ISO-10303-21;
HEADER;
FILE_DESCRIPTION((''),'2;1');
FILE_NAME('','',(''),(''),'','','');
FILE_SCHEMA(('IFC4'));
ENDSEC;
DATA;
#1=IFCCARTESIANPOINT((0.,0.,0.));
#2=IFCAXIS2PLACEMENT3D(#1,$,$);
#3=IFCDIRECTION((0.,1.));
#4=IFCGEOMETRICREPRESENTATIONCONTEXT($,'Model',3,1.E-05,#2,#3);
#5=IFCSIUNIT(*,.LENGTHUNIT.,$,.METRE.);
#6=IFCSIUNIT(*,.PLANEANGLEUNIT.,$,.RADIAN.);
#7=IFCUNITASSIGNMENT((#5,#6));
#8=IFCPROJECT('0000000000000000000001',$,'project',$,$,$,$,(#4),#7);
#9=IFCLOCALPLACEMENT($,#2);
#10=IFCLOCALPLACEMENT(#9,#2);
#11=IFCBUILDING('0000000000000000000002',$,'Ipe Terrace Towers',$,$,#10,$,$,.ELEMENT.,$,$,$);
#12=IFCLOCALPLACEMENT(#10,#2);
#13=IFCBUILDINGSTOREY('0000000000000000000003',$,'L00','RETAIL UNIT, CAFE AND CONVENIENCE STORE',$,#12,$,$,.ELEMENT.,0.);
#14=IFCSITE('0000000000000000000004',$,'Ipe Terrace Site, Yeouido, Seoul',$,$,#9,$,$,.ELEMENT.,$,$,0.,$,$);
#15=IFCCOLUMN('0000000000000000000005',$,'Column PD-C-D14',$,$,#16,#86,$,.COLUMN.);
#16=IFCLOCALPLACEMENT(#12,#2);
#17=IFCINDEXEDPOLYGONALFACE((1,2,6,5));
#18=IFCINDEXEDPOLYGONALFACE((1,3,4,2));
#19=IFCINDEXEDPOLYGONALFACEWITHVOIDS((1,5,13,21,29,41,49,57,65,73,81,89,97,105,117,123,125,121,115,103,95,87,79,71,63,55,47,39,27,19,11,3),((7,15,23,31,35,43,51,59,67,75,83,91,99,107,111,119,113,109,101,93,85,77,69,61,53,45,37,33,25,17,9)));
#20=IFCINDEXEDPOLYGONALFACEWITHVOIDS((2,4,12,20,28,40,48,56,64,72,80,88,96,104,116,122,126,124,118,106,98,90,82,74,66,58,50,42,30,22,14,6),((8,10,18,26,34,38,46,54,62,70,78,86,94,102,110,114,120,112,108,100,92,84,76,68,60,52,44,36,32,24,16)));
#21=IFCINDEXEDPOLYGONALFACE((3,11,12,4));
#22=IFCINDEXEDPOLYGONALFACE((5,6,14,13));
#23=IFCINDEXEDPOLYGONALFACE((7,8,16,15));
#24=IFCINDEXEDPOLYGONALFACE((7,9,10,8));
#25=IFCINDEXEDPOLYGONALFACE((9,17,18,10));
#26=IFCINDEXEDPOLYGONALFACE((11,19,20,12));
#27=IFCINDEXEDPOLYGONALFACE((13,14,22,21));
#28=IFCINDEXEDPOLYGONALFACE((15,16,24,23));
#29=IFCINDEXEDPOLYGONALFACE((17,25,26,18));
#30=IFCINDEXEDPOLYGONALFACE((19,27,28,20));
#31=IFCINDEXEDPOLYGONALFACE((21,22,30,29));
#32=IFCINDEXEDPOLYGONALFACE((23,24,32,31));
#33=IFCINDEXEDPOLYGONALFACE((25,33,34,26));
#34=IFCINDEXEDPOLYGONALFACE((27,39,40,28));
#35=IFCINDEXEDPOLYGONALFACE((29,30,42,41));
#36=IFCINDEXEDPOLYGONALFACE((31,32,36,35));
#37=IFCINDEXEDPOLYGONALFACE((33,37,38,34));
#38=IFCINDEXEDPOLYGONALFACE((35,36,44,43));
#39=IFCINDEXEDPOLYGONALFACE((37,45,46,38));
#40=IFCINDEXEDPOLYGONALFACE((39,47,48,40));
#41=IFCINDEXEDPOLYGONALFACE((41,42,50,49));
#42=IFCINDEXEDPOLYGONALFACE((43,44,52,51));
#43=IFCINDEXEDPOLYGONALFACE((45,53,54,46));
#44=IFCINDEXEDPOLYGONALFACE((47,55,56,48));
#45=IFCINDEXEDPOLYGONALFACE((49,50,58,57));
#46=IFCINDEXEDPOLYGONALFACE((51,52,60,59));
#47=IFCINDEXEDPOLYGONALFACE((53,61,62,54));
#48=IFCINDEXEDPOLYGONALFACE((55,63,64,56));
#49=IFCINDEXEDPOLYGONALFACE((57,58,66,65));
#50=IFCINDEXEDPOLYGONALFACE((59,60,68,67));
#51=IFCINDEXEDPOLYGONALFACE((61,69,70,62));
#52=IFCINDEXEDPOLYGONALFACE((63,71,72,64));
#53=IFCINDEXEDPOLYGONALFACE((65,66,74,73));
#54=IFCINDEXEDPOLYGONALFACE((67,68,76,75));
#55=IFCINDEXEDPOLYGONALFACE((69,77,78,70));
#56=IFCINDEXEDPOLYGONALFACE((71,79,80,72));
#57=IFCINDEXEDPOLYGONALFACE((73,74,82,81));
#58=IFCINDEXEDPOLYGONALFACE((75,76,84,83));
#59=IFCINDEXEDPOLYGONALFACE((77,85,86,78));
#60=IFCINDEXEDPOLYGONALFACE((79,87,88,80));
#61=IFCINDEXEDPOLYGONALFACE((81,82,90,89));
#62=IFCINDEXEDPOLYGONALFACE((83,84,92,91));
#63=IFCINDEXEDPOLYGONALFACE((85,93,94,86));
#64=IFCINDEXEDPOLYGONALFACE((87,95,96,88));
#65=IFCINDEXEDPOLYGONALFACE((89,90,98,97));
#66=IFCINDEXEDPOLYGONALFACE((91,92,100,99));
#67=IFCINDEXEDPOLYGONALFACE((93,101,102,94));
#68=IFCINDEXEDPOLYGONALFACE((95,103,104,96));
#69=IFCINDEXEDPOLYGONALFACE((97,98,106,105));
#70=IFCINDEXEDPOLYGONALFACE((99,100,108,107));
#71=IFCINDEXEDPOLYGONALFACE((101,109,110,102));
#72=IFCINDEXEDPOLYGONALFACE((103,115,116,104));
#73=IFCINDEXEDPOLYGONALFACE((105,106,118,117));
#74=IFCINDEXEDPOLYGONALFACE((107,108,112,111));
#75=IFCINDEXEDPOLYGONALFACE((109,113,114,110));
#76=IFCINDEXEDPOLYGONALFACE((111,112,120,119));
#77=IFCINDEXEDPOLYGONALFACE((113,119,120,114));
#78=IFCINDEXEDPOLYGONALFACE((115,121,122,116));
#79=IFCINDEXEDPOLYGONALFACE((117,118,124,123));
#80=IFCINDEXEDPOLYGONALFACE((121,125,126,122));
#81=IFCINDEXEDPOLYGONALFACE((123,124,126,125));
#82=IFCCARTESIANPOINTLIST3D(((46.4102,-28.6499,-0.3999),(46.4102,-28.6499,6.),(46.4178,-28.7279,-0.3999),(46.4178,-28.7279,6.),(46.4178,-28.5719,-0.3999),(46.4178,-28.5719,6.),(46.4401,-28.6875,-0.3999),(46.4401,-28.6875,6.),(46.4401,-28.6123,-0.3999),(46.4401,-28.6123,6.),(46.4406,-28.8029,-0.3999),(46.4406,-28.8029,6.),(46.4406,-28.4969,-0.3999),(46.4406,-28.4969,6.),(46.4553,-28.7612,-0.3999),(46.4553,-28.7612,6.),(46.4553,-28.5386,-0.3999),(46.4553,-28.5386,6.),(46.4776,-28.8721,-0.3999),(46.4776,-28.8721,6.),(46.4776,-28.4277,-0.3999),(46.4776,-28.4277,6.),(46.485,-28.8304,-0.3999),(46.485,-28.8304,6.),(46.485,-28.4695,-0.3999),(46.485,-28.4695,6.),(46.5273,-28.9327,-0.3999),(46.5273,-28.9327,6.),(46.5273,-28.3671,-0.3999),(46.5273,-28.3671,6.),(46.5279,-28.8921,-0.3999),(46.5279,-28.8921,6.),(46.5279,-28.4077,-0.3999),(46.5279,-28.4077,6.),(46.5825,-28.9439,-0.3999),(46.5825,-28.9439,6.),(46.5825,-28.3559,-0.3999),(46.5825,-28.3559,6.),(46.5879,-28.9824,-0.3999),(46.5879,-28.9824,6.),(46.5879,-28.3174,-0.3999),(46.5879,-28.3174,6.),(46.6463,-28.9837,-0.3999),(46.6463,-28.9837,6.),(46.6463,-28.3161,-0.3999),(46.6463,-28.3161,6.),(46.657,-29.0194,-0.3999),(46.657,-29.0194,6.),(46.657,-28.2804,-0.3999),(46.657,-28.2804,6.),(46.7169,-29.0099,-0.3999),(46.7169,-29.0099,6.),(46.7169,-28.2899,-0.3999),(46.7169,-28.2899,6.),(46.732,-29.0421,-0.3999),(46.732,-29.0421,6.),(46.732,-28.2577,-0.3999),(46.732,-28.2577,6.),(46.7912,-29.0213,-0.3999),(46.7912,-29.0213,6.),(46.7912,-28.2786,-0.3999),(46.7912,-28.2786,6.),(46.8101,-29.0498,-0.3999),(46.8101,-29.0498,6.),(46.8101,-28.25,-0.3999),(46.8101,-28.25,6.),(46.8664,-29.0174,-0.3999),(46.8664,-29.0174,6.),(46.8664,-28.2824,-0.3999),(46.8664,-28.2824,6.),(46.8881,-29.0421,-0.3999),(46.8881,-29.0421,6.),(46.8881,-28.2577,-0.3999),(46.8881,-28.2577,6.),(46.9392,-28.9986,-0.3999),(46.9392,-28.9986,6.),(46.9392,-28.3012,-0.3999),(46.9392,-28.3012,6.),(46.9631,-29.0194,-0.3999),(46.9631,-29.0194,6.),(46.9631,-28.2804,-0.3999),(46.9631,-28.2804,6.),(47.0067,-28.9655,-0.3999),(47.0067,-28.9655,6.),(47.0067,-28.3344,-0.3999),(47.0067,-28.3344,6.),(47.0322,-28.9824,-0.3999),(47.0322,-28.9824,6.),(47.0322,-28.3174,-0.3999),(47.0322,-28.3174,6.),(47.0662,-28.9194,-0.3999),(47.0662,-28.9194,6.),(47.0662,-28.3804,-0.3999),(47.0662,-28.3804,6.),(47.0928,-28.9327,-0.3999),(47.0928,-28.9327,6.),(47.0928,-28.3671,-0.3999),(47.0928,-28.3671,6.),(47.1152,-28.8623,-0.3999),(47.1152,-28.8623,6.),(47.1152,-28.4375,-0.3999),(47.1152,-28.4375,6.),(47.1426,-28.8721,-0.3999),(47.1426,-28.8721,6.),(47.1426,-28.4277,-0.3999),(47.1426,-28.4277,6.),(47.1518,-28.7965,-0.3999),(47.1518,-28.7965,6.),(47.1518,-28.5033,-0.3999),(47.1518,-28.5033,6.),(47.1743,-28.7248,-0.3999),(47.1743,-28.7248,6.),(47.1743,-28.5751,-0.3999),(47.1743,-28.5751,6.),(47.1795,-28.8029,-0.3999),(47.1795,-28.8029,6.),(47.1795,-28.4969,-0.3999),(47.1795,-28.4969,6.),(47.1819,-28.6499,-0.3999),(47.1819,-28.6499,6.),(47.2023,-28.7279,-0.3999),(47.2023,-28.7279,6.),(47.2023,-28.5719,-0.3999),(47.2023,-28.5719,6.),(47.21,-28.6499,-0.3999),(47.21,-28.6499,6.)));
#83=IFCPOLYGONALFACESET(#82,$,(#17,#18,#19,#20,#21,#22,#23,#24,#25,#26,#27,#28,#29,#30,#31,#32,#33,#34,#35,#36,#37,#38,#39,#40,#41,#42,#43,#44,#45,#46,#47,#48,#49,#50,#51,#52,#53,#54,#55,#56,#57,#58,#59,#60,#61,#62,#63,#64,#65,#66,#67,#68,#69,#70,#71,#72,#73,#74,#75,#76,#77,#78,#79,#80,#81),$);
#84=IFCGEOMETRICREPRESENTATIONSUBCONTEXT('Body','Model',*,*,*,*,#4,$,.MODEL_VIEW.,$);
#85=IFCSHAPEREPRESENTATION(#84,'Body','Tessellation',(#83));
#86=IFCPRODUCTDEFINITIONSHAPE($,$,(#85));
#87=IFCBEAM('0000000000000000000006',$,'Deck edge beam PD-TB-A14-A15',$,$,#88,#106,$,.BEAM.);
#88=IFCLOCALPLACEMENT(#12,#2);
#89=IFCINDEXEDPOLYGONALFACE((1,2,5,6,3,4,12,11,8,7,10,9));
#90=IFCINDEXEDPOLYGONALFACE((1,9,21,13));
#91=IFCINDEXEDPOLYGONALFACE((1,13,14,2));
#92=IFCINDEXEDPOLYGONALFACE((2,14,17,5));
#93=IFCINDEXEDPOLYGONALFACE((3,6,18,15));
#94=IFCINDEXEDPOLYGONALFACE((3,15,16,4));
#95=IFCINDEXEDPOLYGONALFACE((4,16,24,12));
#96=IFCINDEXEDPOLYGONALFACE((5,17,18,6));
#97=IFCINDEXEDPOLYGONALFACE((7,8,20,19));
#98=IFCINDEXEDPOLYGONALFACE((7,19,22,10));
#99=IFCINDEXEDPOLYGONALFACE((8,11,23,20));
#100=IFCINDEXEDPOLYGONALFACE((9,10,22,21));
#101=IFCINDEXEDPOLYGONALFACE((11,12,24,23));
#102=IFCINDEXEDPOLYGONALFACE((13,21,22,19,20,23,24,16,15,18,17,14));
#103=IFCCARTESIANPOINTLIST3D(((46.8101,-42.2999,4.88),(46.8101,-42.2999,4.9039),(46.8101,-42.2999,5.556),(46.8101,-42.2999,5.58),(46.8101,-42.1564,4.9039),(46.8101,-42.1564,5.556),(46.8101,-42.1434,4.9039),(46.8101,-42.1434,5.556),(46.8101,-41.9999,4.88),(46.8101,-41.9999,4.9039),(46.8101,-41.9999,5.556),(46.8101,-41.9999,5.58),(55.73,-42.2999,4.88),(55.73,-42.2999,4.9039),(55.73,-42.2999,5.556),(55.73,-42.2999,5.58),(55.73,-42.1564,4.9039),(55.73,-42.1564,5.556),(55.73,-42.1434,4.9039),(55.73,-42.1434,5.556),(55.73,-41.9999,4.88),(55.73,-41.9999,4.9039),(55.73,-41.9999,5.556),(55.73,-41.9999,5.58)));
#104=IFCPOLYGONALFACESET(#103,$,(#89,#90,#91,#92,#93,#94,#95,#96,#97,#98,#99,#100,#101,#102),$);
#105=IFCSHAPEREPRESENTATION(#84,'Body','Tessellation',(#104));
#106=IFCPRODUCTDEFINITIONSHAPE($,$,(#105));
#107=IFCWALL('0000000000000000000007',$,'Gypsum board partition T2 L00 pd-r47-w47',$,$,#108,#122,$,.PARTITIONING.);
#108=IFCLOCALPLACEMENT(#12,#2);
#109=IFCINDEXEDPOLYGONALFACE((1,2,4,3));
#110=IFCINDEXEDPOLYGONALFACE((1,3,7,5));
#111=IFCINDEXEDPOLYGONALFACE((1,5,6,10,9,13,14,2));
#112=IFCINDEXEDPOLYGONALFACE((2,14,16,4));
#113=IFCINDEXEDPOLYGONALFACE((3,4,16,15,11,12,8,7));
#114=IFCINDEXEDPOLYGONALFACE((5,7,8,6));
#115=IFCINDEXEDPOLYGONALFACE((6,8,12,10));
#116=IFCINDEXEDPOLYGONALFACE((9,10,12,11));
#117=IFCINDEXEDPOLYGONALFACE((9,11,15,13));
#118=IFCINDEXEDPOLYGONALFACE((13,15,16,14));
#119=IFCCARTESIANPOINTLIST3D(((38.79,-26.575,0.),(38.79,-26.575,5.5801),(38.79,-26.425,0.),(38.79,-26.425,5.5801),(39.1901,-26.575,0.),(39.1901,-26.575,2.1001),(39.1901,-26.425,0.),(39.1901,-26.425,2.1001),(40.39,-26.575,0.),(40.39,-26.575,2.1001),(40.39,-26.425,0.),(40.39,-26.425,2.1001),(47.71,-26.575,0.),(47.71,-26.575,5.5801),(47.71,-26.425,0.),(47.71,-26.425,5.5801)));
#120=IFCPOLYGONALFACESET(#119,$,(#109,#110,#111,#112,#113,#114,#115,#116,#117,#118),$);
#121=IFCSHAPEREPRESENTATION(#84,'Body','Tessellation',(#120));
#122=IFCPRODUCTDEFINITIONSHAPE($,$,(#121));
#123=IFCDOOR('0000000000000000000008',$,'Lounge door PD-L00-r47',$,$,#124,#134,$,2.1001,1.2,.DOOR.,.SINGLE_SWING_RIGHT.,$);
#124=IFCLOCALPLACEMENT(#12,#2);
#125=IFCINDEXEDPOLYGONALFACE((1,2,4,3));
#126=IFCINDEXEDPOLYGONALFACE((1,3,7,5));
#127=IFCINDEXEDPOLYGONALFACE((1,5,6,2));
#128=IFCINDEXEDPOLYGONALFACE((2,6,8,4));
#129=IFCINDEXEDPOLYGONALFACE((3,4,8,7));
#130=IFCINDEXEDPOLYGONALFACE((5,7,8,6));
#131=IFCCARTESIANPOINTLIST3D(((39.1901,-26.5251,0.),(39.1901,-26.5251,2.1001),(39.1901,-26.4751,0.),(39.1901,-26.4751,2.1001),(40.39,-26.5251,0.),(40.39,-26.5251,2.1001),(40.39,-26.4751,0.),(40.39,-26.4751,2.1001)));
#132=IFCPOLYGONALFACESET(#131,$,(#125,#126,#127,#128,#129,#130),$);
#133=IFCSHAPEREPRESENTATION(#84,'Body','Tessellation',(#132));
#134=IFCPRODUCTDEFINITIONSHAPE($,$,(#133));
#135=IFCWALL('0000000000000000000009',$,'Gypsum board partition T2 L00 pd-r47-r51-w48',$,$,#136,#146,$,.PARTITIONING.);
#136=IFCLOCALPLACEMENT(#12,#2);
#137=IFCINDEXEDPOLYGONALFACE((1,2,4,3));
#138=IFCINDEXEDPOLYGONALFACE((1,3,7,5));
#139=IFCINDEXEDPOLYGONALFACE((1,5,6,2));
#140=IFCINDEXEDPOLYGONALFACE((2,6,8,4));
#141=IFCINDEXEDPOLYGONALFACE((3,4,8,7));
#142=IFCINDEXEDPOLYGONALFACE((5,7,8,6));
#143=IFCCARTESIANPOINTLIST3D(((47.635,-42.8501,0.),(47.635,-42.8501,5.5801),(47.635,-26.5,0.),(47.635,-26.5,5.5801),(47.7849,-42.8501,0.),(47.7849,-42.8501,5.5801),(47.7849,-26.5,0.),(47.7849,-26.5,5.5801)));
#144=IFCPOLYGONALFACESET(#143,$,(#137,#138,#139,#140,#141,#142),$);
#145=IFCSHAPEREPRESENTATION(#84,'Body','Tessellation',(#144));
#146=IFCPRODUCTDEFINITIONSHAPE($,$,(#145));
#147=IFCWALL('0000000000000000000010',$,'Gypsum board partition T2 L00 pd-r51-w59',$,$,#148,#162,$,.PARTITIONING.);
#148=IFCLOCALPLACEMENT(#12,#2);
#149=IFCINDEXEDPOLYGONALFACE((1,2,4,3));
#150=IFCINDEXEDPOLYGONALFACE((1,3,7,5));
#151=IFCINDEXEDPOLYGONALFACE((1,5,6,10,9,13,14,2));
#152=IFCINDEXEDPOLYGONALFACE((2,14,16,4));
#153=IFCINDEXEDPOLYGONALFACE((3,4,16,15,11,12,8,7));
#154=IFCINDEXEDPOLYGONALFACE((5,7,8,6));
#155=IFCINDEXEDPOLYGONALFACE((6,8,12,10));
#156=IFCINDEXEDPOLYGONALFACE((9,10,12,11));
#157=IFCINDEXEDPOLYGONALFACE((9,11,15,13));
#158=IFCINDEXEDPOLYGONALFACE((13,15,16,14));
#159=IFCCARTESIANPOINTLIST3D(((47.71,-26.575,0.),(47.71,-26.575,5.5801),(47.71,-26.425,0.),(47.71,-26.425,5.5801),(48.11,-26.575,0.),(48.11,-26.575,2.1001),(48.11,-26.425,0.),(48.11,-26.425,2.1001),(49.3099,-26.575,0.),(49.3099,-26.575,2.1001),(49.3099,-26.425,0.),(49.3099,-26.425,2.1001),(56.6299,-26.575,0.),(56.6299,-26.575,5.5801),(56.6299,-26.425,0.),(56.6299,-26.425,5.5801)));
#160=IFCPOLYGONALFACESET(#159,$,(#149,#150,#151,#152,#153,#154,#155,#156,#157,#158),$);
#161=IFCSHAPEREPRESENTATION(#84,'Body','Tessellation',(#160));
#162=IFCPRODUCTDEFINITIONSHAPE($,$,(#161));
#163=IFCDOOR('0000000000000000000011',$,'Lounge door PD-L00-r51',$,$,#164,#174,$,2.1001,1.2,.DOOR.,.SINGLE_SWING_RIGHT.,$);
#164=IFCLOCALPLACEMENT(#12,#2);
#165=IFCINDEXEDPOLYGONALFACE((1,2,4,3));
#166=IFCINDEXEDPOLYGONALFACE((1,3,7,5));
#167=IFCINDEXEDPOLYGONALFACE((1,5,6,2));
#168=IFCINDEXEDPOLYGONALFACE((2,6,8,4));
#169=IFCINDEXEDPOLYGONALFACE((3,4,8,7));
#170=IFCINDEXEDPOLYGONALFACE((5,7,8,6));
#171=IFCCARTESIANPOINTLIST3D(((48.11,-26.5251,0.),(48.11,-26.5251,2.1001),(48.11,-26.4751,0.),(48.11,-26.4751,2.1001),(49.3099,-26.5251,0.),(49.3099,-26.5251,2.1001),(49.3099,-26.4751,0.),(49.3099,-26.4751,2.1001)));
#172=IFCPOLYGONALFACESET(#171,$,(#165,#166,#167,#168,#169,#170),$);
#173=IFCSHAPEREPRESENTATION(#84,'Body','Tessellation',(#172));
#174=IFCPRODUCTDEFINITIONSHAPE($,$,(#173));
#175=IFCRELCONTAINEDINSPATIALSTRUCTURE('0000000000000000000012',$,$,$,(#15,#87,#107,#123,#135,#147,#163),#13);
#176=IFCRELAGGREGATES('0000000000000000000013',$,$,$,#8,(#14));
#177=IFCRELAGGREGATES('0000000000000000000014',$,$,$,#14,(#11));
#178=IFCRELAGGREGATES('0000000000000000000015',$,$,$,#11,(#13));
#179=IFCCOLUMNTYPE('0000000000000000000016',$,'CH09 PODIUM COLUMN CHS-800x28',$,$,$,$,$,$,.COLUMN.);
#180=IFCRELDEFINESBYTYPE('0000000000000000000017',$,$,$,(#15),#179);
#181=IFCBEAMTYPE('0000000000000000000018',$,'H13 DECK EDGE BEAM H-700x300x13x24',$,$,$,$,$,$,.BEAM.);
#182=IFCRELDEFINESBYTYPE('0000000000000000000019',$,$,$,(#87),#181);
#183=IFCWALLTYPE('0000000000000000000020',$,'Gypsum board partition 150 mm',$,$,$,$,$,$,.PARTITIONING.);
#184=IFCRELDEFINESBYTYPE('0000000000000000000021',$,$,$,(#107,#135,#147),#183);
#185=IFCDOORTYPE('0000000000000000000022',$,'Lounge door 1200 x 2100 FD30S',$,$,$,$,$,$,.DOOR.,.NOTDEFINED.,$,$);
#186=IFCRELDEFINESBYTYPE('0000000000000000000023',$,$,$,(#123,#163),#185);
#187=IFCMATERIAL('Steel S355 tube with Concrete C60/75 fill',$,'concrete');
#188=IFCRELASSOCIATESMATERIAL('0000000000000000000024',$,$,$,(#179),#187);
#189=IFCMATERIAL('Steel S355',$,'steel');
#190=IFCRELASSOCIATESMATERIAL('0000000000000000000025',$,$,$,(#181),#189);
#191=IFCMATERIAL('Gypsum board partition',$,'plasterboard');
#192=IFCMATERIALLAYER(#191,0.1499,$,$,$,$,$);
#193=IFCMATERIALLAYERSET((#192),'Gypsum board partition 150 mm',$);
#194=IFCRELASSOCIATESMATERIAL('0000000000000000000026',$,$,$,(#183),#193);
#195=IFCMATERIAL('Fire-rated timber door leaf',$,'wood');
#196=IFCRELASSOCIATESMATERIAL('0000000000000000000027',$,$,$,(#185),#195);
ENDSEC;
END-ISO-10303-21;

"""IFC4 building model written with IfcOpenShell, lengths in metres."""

from ifc_helpers import new_model, si_unit, direction, frame, frame_2d, origin, origin_2d, place, context, subcontext, project, spatial, rectangle, hollow_circle, i_section, extrude, material, layer, layer_set, material_profile, profile_set, type_object, element, fill, save


model = new_model("IFC4")

# Units and contexts
model_context = context("Model", 3, precision=1e-05, world=origin(), true_north=direction((0.0, 1.0)))
body_context = subcontext(model_context, "Body", "Model", "MODEL_VIEW")
ifc_project = project(units=[si_unit("LENGTHUNIT", "METRE"), si_unit("PLANEANGLEUNIT", "RADIAN")], contexts=[model_context])

# Site, building, storey
site_placement = place(None, origin())
site = spatial("IfcSite", under=ifc_project, at=site_placement, Name="Ipe Terrace Site, Yeouido, Seoul", CompositionType="ELEMENT", RefElevation=0.0)
building_placement = place(site_placement, origin())
building = spatial("IfcBuilding", under=site, at=building_placement, Name="Ipe Terrace Towers", CompositionType="ELEMENT")
storey_placement = place(building_placement, origin())
storey = spatial("IfcBuildingStorey", under=building, at=storey_placement, Name="L00", Description="RETAIL UNIT, CAFE AND CONVENIENCE STORE", CompositionType="ELEMENT", Elevation=0.0)

# Column
ifc_material_1 = material(Name="Steel S355 tube with Concrete C60/75 fill", Category="concrete")
ifc_material_profile_1 = material_profile(ifc_material_1, hollow_circle(Radius=0.3999, WallThickness=0.0281, at=origin_2d()), Name="CHS-800x28")
ifc_profile_set_1 = profile_set([ifc_material_profile_1], Name="Steel S355 tube with Concrete C60/75 fill")
column_type = type_object("IfcColumnType", Name="CH09 PODIUM COLUMN CHS-800x28", PredefinedType="COLUMN", material=ifc_profile_set_1)
for number, where, z_axis, x_axis, name in (
    (1, (46.8101, -28.6499, -0.3999), (0.0, 0.0, 1.0), (1.0, 0.0, 0.0), "Column PD-C-D14"),
):
    element("IfcColumn", number, at=place(storey_placement, frame(where, z_axis=z_axis, x_axis=x_axis)), inside=storey, type_object=column_type, Name=name, PredefinedType="COLUMN", context=body_context, shape_type="SweptSolid", body=[
        extrude(hollow_circle(Radius=0.3999, WallThickness=0.0281, at=origin_2d()), origin(), (0.0, 0.0, 1.0), 6.3999),
    ])

# Beam
ifc_material_2 = material(Name="Steel S355", Category="steel")
ifc_material_profile_2 = material_profile(ifc_material_2, i_section(OverallWidth=0.3, OverallDepth=0.7, WebThickness=0.0129, FlangeThickness=0.0239, at=origin_2d()), Name="H-700x300x13x24")
ifc_profile_set_2 = profile_set([ifc_material_profile_2], Name="Steel S355")
beam_type = type_object("IfcBeamType", Name="H13 DECK EDGE BEAM H-700x300x13x24", PredefinedType="BEAM", material=ifc_profile_set_2)
beam_placement = place(storey_placement, frame((46.8101, -42.1499, 5.23), z_axis=(1.0, 0.0, 0.0), x_axis=(0.0, 1.0, 0.0)))
element("IfcBeam", 2, at=beam_placement, inside=storey, type_object=beam_type, Name="Deck edge beam PD-TB-A14-A15", PredefinedType="BEAM", context=body_context, shape_type="SweptSolid", body=[
    extrude(i_section(OverallWidth=0.3, OverallDepth=0.7, WebThickness=0.0129, FlangeThickness=0.0239, at=origin_2d()), origin(), (0.0, 0.0, 1.0), 8.9199),
])

# Wall, opening, door
ifc_material_3 = material(Name="Gypsum board partition", Category="plasterboard")
ifc_layer = layer(ifc_material_3, 0.1499)
ifc_layer_set = layer_set([ifc_layer], Name="Gypsum board partition 150 mm")
wall_type = type_object("IfcWallType", Name="Gypsum board partition 150 mm", PredefinedType="PARTITIONING", material=ifc_layer_set)
wall_1_placement = place(storey_placement, frame((38.79, -26.5, 0.0), z_axis=(0.0, 0.0, 1.0), x_axis=(1.0, 0.0, 0.0)))
wall_1 = element("IfcWall", 3, at=wall_1_placement, inside=storey, type_object=wall_type, Name="Gypsum board partition T2 L00 pd-r47-w47", PredefinedType="PARTITIONING", context=body_context, shape_type="SweptSolid", body=[
    extrude(rectangle(XDim=8.9199, YDim=0.1499, at=frame_2d((4.46, 0.0))), origin(), (0.0, 0.0, 1.0), 5.5801),
])
opening_1_placement = place(wall_1_placement, frame((0.3999, 0.0, 0.0)))
opening_1 = element("IfcOpeningElement", 4, at=opening_1_placement, cuts=wall_1, PredefinedType="OPENING", context=body_context, shape_type="SweptSolid", body=[
    extrude(rectangle(XDim=1.2, YDim=2.1001, at=frame_2d((0.6001, 1.05))), frame((0.0, 0.085, 0.0), z_axis=(0.0, -1.0, 0.0), x_axis=(1.0, 0.0, 0.0)), (0.0, 0.0, 1.0), 0.1699),
])
ifc_material_4 = material(Name="Fire-rated timber door leaf", Category="wood")
door_type_1 = type_object("IfcDoorType", Name="Lounge door 1200 x 2100 FD30S", OperationType="NOTDEFINED", PredefinedType="DOOR", material=ifc_material_4)
door_1_placement = place(opening_1_placement, origin())
door_1 = element("IfcDoor", 5, at=door_1_placement, inside=storey, type_object=door_type_1, Name="Lounge door PD-L00-r47", OperationType="SINGLE_SWING_RIGHT", OverallHeight=2.1001, OverallWidth=1.2, PredefinedType="DOOR", context=body_context, shape_type="SweptSolid", body=[
    extrude(rectangle(XDim=1.2, YDim=2.1001, at=frame_2d((0.6001, 1.05))), frame((0.0, 0.0249, 0.0), z_axis=(0.0, -1.0, 0.0), x_axis=(1.0, 0.0, 0.0)), (0.0, 0.0, 1.0), 0.05),
])
fill(opening_1, door_1)

# Wall
wall_2_placement = place(storey_placement, frame((47.71, -26.5, 0.0), z_axis=(0.0, 0.0, 1.0), x_axis=(0.0, -1.0, 0.0)))
element("IfcWall", 6, at=wall_2_placement, inside=storey, type_object=wall_type, Name="Gypsum board partition T2 L00 pd-r47-r51-w48", PredefinedType="PARTITIONING", context=body_context, shape_type="SweptSolid", body=[
    extrude(rectangle(XDim=16.3501, YDim=0.1499, at=frame_2d((8.175, 0.0))), origin(), (0.0, 0.0, 1.0), 5.5801),
])

# Wall, opening, door
wall_3_placement = place(storey_placement, frame((47.71, -26.5, 0.0), z_axis=(0.0, 0.0, 1.0), x_axis=(1.0, 0.0, 0.0)))
wall_3 = element("IfcWall", 7, at=wall_3_placement, inside=storey, type_object=wall_type, Name="Gypsum board partition T2 L00 pd-r51-w59", PredefinedType="PARTITIONING", context=body_context, shape_type="SweptSolid", body=[
    extrude(rectangle(XDim=8.9199, YDim=0.1499, at=frame_2d((4.46, 0.0))), origin(), (0.0, 0.0, 1.0), 5.5801),
])
opening_2_placement = place(wall_3_placement, frame((0.3999, 0.0, 0.0)))
opening_2 = element("IfcOpeningElement", 8, at=opening_2_placement, cuts=wall_3, PredefinedType="OPENING", context=body_context, shape_type="SweptSolid", body=[
    extrude(rectangle(XDim=1.2, YDim=2.1001, at=frame_2d((0.6001, 1.05))), frame((0.0, 0.085, 0.0), z_axis=(0.0, -1.0, 0.0), x_axis=(1.0, 0.0, 0.0)), (0.0, 0.0, 1.0), 0.1699),
])
door_2_placement = place(opening_2_placement, origin())
door_2 = element("IfcDoor", 9, at=door_2_placement, inside=storey, type_object=door_type_1, Name="Lounge door PD-L00-r51", OperationType="SINGLE_SWING_RIGHT", OverallHeight=2.1001, OverallWidth=1.2, PredefinedType="DOOR", context=body_context, shape_type="SweptSolid", body=[
    extrude(rectangle(XDim=1.2, YDim=2.1001, at=frame_2d((0.6001, 1.05))), frame((0.0, 0.0249, 0.0), z_axis=(0.0, -1.0, 0.0), x_axis=(1.0, 0.0, 0.0)), (0.0, 0.0, 1.0), 0.05),
])
fill(opening_2, door_2)

save(model, "model.ifc")
